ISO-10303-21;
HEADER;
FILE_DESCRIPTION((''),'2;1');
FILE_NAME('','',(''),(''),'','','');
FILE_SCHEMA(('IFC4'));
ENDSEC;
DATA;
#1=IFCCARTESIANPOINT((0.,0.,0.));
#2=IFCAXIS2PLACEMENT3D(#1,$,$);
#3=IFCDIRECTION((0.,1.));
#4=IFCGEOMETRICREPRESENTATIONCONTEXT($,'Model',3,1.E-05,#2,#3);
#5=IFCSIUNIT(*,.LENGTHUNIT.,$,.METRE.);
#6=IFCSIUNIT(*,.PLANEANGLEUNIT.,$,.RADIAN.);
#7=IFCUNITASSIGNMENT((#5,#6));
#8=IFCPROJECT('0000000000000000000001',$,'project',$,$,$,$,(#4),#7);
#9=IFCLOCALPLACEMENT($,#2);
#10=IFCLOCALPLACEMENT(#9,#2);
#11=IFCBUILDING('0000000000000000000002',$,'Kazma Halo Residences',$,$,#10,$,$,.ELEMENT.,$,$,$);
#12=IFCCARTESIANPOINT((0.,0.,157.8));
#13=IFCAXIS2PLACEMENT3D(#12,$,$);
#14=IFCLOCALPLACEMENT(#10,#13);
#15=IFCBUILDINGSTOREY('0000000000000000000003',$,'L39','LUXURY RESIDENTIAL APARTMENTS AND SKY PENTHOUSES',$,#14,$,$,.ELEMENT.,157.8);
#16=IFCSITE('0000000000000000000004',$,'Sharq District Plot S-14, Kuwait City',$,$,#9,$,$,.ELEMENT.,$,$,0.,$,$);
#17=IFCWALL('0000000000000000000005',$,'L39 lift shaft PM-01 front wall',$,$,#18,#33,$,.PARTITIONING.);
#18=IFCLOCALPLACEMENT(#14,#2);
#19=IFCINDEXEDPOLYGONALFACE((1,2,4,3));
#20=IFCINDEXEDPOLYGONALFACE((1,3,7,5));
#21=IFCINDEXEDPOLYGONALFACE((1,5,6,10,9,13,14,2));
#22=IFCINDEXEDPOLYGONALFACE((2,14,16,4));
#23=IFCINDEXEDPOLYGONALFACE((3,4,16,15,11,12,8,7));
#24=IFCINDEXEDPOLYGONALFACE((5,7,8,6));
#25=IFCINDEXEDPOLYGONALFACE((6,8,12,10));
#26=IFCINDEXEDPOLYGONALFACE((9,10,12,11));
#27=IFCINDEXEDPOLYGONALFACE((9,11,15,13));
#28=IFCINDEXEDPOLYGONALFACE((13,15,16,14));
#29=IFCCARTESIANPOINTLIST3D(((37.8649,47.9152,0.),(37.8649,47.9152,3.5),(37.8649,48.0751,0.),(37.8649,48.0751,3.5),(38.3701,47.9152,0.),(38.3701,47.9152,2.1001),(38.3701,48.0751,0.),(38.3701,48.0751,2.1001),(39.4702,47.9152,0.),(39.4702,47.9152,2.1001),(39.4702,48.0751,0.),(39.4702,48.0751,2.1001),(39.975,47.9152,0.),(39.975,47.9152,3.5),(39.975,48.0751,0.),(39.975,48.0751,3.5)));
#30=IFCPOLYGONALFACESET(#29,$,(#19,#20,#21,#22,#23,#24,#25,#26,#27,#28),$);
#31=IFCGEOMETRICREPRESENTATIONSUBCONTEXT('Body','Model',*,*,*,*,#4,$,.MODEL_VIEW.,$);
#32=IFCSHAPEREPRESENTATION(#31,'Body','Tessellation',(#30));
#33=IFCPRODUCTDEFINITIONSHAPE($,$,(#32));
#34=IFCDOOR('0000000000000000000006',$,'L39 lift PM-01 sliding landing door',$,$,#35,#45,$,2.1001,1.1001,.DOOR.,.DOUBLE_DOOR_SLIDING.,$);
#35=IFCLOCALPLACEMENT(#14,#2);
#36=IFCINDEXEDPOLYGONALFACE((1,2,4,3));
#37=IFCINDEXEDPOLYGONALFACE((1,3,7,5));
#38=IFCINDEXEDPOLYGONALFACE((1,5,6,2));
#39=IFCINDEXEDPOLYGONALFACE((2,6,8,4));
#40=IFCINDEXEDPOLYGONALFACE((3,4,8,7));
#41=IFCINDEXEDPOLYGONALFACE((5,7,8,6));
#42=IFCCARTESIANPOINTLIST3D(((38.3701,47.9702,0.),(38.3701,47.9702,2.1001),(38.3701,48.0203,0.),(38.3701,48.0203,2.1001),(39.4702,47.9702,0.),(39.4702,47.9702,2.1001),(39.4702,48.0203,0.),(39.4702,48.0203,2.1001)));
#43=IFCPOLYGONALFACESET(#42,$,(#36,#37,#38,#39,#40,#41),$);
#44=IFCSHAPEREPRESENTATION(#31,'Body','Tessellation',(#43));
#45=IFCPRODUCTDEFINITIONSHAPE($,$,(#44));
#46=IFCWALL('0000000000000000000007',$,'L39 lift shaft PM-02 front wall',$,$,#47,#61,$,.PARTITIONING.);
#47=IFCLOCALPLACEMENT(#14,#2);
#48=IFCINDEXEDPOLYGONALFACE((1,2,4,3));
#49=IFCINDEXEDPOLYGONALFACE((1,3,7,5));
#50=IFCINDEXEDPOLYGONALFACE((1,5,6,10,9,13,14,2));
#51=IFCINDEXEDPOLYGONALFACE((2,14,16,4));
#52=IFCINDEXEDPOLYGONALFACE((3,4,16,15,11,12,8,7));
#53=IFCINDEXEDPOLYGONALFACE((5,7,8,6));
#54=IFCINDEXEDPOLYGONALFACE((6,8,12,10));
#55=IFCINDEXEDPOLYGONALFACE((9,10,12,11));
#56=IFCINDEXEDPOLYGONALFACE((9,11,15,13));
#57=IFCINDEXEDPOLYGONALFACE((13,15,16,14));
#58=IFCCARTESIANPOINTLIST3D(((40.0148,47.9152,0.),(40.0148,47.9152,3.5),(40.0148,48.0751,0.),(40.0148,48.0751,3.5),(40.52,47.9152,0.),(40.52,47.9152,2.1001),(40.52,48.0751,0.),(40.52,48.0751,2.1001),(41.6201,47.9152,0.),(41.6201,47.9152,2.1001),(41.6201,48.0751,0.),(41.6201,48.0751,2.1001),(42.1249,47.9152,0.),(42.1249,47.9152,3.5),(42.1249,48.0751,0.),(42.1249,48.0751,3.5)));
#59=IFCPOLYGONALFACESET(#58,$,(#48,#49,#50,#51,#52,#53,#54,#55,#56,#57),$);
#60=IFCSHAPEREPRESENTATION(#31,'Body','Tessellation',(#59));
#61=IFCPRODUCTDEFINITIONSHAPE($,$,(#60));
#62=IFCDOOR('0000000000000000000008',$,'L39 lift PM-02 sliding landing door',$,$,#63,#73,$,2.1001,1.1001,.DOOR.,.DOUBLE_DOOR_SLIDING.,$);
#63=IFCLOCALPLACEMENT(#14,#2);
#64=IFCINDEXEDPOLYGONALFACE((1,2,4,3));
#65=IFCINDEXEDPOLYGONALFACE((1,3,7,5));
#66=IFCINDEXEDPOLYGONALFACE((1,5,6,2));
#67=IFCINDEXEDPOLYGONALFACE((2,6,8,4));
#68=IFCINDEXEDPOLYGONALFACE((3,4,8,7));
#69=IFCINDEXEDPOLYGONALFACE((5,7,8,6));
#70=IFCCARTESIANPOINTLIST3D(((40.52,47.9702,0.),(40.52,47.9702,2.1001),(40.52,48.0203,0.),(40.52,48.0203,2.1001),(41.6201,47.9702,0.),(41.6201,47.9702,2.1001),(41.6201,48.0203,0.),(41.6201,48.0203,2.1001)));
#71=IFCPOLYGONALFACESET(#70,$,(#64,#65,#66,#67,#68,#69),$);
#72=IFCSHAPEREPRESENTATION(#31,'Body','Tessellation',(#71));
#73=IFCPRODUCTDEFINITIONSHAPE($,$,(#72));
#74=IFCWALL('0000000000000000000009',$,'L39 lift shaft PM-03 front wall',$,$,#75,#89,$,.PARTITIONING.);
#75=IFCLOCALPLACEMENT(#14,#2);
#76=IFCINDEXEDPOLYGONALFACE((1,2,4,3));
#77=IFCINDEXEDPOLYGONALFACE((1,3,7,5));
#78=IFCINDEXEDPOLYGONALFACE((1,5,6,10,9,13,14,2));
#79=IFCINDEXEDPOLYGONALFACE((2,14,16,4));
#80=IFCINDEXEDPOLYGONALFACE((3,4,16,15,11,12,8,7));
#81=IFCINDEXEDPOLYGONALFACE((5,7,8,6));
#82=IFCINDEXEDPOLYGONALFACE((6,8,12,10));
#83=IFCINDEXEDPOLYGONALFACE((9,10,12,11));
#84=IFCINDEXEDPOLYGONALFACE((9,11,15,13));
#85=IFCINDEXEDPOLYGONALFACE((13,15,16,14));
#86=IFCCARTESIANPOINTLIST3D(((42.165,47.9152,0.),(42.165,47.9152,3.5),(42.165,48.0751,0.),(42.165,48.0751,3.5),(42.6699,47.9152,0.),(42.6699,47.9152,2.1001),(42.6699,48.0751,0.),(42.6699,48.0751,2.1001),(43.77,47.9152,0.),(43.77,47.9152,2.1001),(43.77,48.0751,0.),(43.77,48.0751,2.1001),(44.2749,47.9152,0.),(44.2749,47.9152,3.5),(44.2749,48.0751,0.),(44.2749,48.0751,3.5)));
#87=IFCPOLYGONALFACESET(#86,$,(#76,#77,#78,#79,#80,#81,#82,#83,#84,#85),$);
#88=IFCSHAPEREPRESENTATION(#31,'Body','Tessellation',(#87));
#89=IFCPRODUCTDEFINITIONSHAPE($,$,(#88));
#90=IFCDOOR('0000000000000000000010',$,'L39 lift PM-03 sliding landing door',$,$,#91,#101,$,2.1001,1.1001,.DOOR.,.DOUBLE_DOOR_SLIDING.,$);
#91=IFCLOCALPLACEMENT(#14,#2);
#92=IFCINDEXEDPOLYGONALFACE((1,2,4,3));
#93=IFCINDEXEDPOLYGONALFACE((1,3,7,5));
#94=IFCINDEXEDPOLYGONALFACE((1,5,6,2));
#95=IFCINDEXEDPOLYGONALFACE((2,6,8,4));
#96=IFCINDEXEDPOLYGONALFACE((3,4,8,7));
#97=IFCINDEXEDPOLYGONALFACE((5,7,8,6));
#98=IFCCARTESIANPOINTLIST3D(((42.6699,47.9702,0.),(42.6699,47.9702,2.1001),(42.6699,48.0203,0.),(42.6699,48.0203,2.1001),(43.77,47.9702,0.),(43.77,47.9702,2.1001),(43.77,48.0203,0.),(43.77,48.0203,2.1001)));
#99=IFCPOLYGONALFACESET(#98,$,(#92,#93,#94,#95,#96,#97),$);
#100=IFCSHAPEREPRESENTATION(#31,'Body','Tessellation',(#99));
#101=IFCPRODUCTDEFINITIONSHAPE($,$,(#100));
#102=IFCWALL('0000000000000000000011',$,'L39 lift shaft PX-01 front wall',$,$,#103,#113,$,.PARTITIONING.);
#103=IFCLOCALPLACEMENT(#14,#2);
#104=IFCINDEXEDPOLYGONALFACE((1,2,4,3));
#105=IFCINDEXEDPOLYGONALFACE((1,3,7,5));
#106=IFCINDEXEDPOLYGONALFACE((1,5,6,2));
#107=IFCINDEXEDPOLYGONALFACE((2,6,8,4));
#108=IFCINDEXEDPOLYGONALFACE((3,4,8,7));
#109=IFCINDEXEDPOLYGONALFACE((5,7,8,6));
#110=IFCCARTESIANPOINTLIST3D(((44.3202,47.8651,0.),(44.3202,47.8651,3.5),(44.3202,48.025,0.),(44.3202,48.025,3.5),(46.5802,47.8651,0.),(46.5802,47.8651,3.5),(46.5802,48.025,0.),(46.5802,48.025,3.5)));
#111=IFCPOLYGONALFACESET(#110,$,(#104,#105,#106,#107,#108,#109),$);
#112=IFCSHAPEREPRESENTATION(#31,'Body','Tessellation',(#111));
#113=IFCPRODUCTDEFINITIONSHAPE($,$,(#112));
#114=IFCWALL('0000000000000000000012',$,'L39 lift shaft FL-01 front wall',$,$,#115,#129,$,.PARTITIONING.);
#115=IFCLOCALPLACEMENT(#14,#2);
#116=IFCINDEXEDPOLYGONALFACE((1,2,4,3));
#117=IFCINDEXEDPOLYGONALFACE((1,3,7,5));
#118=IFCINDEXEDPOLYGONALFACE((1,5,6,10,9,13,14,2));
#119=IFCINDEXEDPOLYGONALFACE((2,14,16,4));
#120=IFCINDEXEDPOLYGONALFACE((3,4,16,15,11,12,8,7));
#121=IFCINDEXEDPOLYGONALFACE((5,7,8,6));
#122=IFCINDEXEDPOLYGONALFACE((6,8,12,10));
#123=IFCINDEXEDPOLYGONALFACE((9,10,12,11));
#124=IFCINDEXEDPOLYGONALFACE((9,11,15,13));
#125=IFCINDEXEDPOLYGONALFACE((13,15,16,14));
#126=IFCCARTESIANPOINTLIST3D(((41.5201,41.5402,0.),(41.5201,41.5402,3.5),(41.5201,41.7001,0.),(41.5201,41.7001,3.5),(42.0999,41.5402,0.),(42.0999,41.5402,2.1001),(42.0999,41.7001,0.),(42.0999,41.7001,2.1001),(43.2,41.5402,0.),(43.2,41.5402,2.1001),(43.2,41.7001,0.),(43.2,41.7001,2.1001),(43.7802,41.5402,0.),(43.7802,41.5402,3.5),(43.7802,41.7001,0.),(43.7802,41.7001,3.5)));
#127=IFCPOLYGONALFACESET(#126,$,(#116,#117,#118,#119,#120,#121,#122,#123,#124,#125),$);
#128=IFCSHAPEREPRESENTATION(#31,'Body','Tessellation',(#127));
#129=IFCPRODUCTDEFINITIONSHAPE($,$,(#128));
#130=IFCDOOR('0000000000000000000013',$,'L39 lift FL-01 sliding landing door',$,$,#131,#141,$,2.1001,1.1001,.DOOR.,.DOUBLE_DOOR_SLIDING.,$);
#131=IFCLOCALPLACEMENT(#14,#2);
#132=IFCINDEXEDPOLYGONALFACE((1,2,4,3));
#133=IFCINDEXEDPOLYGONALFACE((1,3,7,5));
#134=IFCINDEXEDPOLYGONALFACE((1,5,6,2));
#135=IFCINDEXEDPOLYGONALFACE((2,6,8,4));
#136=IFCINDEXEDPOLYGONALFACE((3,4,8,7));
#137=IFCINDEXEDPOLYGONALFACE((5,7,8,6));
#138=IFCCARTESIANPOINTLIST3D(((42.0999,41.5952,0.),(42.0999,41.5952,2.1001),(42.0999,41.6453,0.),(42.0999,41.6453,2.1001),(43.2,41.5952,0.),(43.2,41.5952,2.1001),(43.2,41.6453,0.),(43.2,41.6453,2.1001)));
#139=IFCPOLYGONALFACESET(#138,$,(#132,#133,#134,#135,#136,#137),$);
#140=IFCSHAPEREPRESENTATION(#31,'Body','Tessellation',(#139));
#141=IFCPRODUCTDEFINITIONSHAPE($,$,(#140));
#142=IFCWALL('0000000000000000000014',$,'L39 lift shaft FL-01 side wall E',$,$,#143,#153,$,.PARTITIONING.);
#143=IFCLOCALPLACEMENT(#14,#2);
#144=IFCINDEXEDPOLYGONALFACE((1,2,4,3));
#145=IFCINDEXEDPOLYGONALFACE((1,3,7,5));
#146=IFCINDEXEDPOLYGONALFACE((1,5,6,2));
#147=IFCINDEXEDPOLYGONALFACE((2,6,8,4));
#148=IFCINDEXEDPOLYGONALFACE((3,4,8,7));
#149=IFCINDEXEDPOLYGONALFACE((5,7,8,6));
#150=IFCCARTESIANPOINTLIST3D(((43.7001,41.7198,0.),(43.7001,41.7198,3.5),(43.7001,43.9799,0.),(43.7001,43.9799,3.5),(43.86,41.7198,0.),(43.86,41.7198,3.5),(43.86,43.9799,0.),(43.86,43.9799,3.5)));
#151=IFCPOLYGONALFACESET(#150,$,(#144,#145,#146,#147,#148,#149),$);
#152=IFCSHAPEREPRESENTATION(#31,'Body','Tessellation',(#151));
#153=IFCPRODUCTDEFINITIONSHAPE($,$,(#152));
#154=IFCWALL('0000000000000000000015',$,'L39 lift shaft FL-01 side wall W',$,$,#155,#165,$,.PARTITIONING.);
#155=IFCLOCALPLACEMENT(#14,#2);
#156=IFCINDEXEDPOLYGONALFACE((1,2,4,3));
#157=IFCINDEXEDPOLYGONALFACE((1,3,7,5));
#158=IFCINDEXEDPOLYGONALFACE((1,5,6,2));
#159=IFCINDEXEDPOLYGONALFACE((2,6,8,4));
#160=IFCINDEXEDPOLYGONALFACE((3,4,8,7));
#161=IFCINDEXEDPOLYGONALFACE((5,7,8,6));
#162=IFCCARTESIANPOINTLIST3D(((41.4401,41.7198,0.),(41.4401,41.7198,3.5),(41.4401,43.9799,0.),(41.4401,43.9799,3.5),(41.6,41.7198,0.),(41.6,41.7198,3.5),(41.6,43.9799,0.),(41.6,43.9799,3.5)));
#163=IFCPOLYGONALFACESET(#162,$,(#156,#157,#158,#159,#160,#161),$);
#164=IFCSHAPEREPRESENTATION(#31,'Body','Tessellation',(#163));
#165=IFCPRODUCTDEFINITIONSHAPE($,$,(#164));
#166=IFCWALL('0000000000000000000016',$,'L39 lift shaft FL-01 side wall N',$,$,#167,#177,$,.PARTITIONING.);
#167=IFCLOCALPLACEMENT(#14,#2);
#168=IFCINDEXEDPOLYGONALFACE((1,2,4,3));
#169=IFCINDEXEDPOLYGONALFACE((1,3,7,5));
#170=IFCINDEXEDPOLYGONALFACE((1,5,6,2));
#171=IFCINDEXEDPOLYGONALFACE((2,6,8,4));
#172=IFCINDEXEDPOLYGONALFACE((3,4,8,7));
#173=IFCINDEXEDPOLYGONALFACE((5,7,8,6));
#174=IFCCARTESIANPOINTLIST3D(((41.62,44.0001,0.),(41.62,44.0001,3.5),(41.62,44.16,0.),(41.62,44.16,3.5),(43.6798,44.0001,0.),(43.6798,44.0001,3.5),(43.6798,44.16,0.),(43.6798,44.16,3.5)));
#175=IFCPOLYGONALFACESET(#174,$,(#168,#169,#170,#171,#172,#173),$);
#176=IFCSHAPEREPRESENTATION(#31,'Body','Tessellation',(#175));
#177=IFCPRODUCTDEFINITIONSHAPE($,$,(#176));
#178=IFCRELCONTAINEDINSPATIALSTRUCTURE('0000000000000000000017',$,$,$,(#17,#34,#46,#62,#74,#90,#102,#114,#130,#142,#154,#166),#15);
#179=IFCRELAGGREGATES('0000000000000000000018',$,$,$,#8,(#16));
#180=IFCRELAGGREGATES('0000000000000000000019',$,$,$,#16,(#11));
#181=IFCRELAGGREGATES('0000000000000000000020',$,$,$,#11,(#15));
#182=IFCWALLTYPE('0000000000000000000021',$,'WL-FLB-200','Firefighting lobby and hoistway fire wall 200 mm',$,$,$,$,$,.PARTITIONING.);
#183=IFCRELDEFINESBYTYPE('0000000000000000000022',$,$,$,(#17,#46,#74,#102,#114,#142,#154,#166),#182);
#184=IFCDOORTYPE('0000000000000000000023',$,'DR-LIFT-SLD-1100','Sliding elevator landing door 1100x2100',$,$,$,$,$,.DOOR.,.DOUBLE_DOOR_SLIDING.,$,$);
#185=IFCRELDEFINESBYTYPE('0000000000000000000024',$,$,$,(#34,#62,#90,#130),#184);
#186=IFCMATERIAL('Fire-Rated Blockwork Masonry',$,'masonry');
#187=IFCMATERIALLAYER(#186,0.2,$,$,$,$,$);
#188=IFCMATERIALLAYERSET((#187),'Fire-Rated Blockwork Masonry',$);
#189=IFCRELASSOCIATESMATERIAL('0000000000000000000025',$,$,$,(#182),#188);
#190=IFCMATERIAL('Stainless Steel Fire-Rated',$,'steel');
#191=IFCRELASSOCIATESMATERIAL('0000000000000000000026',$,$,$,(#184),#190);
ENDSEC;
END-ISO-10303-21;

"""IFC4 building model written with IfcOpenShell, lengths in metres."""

from ifc_helpers import new_model, si_unit, direction, frame, frame_2d, origin, place, context, subcontext, project, spatial, rectangle, extrude, material, layer, layer_set, type_object, element, fill, save


model = new_model("IFC4")

# Units and contexts
model_context = context("Model", 3, precision=1e-05, world=origin(), true_north=direction((0.0, 1.0)))
body_context = subcontext(model_context, "Body", "Model", "MODEL_VIEW")
ifc_project = project(units=[si_unit("LENGTHUNIT", "METRE"), si_unit("PLANEANGLEUNIT", "RADIAN")], contexts=[model_context])

# Site, building, storey
site_placement = place(None, origin())
site = spatial("IfcSite", under=ifc_project, at=site_placement, Name="Sharq District Plot S-14, Kuwait City", CompositionType="ELEMENT", RefElevation=0.0)
building_placement = place(site_placement, origin())
building = spatial("IfcBuilding", under=site, at=building_placement, Name="Kazma Halo Residences", CompositionType="ELEMENT")
storey_placement = place(building_placement, frame((0.0, 0.0, 157.8)))
storey = spatial("IfcBuildingStorey", under=building, at=storey_placement, Name="L39", Description="LUXURY RESIDENTIAL APARTMENTS AND SKY PENTHOUSES", CompositionType="ELEMENT", Elevation=157.8)

# Walls, openings, doors
ifc_material_1 = material(Name="Fire-Rated Blockwork Masonry", Category="masonry")
ifc_layer_1 = layer(ifc_material_1, 0.2)
ifc_layer_set_1 = layer_set([ifc_layer_1], Name="Fire-Rated Blockwork Masonry")
wall_type_1 = type_object("IfcWallType", Name="WL-FLB-200", Description="Firefighting lobby and hoistway fire wall 200 mm", PredefinedType="PARTITIONING", material=ifc_layer_set_1)
wall_1_placement = place(storey_placement, frame((39.9751, 47.9951, 0.0), z_axis=(0.0, 0.0, 1.0), x_axis=(-1.0, 0.0, 0.0)))
wall_1 = element("IfcWall", 1, at=wall_1_placement, inside=storey, type_object=wall_type_1, Name="L39 lift shaft PM-01 front wall", PredefinedType="PARTITIONING", context=body_context, shape_type="SweptSolid", body=[
    extrude(rectangle(XDim=2.1101, YDim=0.1599, at=frame_2d((1.0552, 0.0))), origin(), (0.0, 0.0, 1.0), 3.5),
])
opening_1_placement = place(wall_1_placement, frame((0.5049, 0.0, 0.0)))
opening_1 = element("IfcOpeningElement", 2, at=opening_1_placement, cuts=wall_1, PredefinedType="OPENING", context=body_context, shape_type="SweptSolid", body=[
    extrude(rectangle(XDim=1.1001, YDim=2.1001, at=frame_2d((0.55, 1.05))), frame((0.0, 0.0898, 0.0), z_axis=(0.0, -1.0, 0.0), x_axis=(1.0, 0.0, 0.0)), (0.0, 0.0, 1.0), 0.1799),
])
ifc_material_2 = material(Name="Stainless Steel Fire-Rated", Category="steel")
door_type_1 = type_object("IfcDoorType", Name="DR-LIFT-SLD-1100", Description="Sliding elevator landing door 1100x2100", OperationType="DOUBLE_DOOR_SLIDING", PredefinedType="DOOR", material=ifc_material_2)
door_1_placement = place(opening_1_placement, origin())
door_1 = element("IfcDoor", 3, at=door_1_placement, inside=storey, type_object=door_type_1, Name="L39 lift PM-01 sliding landing door", OperationType="DOUBLE_DOOR_SLIDING", OverallHeight=2.1001, OverallWidth=1.1001, PredefinedType="DOOR", context=body_context, shape_type="SweptSolid", body=[
    extrude(rectangle(XDim=1.1001, YDim=2.1001, at=frame_2d((0.55, 1.05))), frame((0.0, 0.0249, 0.0), z_axis=(0.0, -1.0, 0.0), x_axis=(1.0, 0.0, 0.0)), (0.0, 0.0, 1.0), 0.05),
])
fill(opening_1, door_1)
wall_2_placement = place(storey_placement, frame((42.125, 47.9951, 0.0), z_axis=(0.0, 0.0, 1.0), x_axis=(-1.0, 0.0, 0.0)))
wall_2 = element("IfcWall", 4, at=wall_2_placement, inside=storey, type_object=wall_type_1, Name="L39 lift shaft PM-02 front wall", PredefinedType="PARTITIONING", context=body_context, shape_type="SweptSolid", body=[
    extrude(rectangle(XDim=2.1101, YDim=0.1599, at=frame_2d((1.0552, 0.0))), origin(), (0.0, 0.0, 1.0), 3.5),
])
opening_2_placement = place(wall_2_placement, frame((0.5049, 0.0, 0.0)))
opening_2 = element("IfcOpeningElement", 5, at=opening_2_placement, cuts=wall_2, PredefinedType="OPENING", context=body_context, shape_type="SweptSolid", body=[
    extrude(rectangle(XDim=1.1001, YDim=2.1001, at=frame_2d((0.55, 1.05))), frame((0.0, 0.0898, 0.0), z_axis=(0.0, -1.0, 0.0), x_axis=(1.0, 0.0, 0.0)), (0.0, 0.0, 1.0), 0.1799),
])
door_2_placement = place(opening_2_placement, origin())
door_2 = element("IfcDoor", 6, at=door_2_placement, inside=storey, type_object=door_type_1, Name="L39 lift PM-02 sliding landing door", OperationType="DOUBLE_DOOR_SLIDING", OverallHeight=2.1001, OverallWidth=1.1001, PredefinedType="DOOR", context=body_context, shape_type="SweptSolid", body=[
    extrude(rectangle(XDim=1.1001, YDim=2.1001, at=frame_2d((0.55, 1.05))), frame((0.0, 0.0249, 0.0), z_axis=(0.0, -1.0, 0.0), x_axis=(1.0, 0.0, 0.0)), (0.0, 0.0, 1.0), 0.05),
])
fill(opening_2, door_2)
wall_3_placement = place(storey_placement, frame((44.2749, 47.9951, 0.0), z_axis=(0.0, 0.0, 1.0), x_axis=(-1.0, 0.0, 0.0)))
wall_3 = element("IfcWall", 7, at=wall_3_placement, inside=storey, type_object=wall_type_1, Name="L39 lift shaft PM-03 front wall", PredefinedType="PARTITIONING", context=body_context, shape_type="SweptSolid", body=[
    extrude(rectangle(XDim=2.1099, YDim=0.1599, at=frame_2d((1.0549, 0.0))), origin(), (0.0, 0.0, 1.0), 3.5),
])
opening_3_placement = place(wall_3_placement, frame((0.5049, 0.0, 0.0)))
opening_3 = element("IfcOpeningElement", 8, at=opening_3_placement, cuts=wall_3, PredefinedType="OPENING", context=body_context, shape_type="SweptSolid", body=[
    extrude(rectangle(XDim=1.1001, YDim=2.1001, at=frame_2d((0.55, 1.05))), frame((0.0, 0.0898, 0.0), z_axis=(0.0, -1.0, 0.0), x_axis=(1.0, 0.0, 0.0)), (0.0, 0.0, 1.0), 0.1799),
])
door_3_placement = place(opening_3_placement, origin())
door_3 = element("IfcDoor", 9, at=door_3_placement, inside=storey, type_object=door_type_1, Name="L39 lift PM-03 sliding landing door", OperationType="DOUBLE_DOOR_SLIDING", OverallHeight=2.1001, OverallWidth=1.1001, PredefinedType="DOOR", context=body_context, shape_type="SweptSolid", body=[
    extrude(rectangle(XDim=1.1001, YDim=2.1001, at=frame_2d((0.55, 1.05))), frame((0.0, 0.0249, 0.0), z_axis=(0.0, -1.0, 0.0), x_axis=(1.0, 0.0, 0.0)), (0.0, 0.0, 1.0), 0.05),
])
fill(opening_3, door_3)

# Wall
wall_4_placement = place(storey_placement, frame((46.5801, 47.9451, 0.0), z_axis=(0.0, 0.0, 1.0), x_axis=(-1.0, 0.0, 0.0)))
element("IfcWall", 10, at=wall_4_placement, inside=storey, type_object=wall_type_1, Name="L39 lift shaft PX-01 front wall", PredefinedType="PARTITIONING", context=body_context, shape_type="SweptSolid", body=[
    extrude(rectangle(XDim=2.26, YDim=0.1599, at=frame_2d((1.1299, 0.0))), origin(), (0.0, 0.0, 1.0), 3.5),
])

# Wall, opening, door
wall_5_placement = place(storey_placement, frame((43.78, 41.6201, 0.0), z_axis=(0.0, 0.0, 1.0), x_axis=(-1.0, 0.0, 0.0)))
wall_5 = element("IfcWall", 11, at=wall_5_placement, inside=storey, type_object=wall_type_1, Name="L39 lift shaft FL-01 front wall", PredefinedType="PARTITIONING", context=body_context, shape_type="SweptSolid", body=[
    extrude(rectangle(XDim=2.26, YDim=0.1599, at=frame_2d((1.1299, 0.0))), origin(), (0.0, 0.0, 1.0), 3.5),
])
opening_4_placement = place(wall_5_placement, frame((0.5801, 0.0, 0.0)))
opening_4 = element("IfcOpeningElement", 12, at=opening_4_placement, cuts=wall_5, PredefinedType="OPENING", context=body_context, shape_type="SweptSolid", body=[
    extrude(rectangle(XDim=1.1001, YDim=2.1001, at=frame_2d((0.55, 1.05))), frame((0.0, 0.0898, 0.0), z_axis=(0.0, -1.0, 0.0), x_axis=(1.0, 0.0, 0.0)), (0.0, 0.0, 1.0), 0.1799),
])
door_4_placement = place(opening_4_placement, origin())
door_4 = element("IfcDoor", 13, at=door_4_placement, inside=storey, type_object=door_type_1, Name="L39 lift FL-01 sliding landing door", OperationType="DOUBLE_DOOR_SLIDING", OverallHeight=2.1001, OverallWidth=1.1001, PredefinedType="DOOR", context=body_context, shape_type="SweptSolid", body=[
    extrude(rectangle(XDim=1.1001, YDim=2.1001, at=frame_2d((0.55, 1.05))), frame((0.0, 0.0249, 0.0), z_axis=(0.0, -1.0, 0.0), x_axis=(1.0, 0.0, 0.0)), (0.0, 0.0, 1.0), 0.05),
])
fill(opening_4, door_4)

# Walls
for number, where, z_axis, x_axis, name in (
    (14, (43.78, 41.72, 0.0), (0.0, 0.0, 1.0), (0.0, 1.0, 0.0), "L39 lift shaft FL-01 side wall E"),
    (15, (41.52, 41.72, 0.0), (0.0, 0.0, 1.0), (0.0, 1.0, 0.0), "L39 lift shaft FL-01 side wall W"),
):
    element("IfcWall", number, at=place(storey_placement, frame(where, z_axis=z_axis, x_axis=x_axis)), inside=storey, type_object=wall_type_1, Name=name, PredefinedType="PARTITIONING", context=body_context, shape_type="SweptSolid", body=[
        extrude(rectangle(XDim=2.26, YDim=0.1599, at=frame_2d((1.1299, 0.0))), origin(), (0.0, 0.0, 1.0), 3.5),
    ])
wall_6_placement = place(storey_placement, frame((41.6201, 44.0801, 0.0), z_axis=(0.0, 0.0, 1.0), x_axis=(1.0, 0.0, 0.0)))
element("IfcWall", 16, at=wall_6_placement, inside=storey, type_object=wall_type_1, Name="L39 lift shaft FL-01 side wall N", PredefinedType="PARTITIONING", context=body_context, shape_type="SweptSolid", body=[
    extrude(rectangle(XDim=2.0598, YDim=0.1599, at=frame_2d((1.0298, 0.0))), origin(), (0.0, 0.0, 1.0), 3.5),
])

save(model, "model.ifc")
